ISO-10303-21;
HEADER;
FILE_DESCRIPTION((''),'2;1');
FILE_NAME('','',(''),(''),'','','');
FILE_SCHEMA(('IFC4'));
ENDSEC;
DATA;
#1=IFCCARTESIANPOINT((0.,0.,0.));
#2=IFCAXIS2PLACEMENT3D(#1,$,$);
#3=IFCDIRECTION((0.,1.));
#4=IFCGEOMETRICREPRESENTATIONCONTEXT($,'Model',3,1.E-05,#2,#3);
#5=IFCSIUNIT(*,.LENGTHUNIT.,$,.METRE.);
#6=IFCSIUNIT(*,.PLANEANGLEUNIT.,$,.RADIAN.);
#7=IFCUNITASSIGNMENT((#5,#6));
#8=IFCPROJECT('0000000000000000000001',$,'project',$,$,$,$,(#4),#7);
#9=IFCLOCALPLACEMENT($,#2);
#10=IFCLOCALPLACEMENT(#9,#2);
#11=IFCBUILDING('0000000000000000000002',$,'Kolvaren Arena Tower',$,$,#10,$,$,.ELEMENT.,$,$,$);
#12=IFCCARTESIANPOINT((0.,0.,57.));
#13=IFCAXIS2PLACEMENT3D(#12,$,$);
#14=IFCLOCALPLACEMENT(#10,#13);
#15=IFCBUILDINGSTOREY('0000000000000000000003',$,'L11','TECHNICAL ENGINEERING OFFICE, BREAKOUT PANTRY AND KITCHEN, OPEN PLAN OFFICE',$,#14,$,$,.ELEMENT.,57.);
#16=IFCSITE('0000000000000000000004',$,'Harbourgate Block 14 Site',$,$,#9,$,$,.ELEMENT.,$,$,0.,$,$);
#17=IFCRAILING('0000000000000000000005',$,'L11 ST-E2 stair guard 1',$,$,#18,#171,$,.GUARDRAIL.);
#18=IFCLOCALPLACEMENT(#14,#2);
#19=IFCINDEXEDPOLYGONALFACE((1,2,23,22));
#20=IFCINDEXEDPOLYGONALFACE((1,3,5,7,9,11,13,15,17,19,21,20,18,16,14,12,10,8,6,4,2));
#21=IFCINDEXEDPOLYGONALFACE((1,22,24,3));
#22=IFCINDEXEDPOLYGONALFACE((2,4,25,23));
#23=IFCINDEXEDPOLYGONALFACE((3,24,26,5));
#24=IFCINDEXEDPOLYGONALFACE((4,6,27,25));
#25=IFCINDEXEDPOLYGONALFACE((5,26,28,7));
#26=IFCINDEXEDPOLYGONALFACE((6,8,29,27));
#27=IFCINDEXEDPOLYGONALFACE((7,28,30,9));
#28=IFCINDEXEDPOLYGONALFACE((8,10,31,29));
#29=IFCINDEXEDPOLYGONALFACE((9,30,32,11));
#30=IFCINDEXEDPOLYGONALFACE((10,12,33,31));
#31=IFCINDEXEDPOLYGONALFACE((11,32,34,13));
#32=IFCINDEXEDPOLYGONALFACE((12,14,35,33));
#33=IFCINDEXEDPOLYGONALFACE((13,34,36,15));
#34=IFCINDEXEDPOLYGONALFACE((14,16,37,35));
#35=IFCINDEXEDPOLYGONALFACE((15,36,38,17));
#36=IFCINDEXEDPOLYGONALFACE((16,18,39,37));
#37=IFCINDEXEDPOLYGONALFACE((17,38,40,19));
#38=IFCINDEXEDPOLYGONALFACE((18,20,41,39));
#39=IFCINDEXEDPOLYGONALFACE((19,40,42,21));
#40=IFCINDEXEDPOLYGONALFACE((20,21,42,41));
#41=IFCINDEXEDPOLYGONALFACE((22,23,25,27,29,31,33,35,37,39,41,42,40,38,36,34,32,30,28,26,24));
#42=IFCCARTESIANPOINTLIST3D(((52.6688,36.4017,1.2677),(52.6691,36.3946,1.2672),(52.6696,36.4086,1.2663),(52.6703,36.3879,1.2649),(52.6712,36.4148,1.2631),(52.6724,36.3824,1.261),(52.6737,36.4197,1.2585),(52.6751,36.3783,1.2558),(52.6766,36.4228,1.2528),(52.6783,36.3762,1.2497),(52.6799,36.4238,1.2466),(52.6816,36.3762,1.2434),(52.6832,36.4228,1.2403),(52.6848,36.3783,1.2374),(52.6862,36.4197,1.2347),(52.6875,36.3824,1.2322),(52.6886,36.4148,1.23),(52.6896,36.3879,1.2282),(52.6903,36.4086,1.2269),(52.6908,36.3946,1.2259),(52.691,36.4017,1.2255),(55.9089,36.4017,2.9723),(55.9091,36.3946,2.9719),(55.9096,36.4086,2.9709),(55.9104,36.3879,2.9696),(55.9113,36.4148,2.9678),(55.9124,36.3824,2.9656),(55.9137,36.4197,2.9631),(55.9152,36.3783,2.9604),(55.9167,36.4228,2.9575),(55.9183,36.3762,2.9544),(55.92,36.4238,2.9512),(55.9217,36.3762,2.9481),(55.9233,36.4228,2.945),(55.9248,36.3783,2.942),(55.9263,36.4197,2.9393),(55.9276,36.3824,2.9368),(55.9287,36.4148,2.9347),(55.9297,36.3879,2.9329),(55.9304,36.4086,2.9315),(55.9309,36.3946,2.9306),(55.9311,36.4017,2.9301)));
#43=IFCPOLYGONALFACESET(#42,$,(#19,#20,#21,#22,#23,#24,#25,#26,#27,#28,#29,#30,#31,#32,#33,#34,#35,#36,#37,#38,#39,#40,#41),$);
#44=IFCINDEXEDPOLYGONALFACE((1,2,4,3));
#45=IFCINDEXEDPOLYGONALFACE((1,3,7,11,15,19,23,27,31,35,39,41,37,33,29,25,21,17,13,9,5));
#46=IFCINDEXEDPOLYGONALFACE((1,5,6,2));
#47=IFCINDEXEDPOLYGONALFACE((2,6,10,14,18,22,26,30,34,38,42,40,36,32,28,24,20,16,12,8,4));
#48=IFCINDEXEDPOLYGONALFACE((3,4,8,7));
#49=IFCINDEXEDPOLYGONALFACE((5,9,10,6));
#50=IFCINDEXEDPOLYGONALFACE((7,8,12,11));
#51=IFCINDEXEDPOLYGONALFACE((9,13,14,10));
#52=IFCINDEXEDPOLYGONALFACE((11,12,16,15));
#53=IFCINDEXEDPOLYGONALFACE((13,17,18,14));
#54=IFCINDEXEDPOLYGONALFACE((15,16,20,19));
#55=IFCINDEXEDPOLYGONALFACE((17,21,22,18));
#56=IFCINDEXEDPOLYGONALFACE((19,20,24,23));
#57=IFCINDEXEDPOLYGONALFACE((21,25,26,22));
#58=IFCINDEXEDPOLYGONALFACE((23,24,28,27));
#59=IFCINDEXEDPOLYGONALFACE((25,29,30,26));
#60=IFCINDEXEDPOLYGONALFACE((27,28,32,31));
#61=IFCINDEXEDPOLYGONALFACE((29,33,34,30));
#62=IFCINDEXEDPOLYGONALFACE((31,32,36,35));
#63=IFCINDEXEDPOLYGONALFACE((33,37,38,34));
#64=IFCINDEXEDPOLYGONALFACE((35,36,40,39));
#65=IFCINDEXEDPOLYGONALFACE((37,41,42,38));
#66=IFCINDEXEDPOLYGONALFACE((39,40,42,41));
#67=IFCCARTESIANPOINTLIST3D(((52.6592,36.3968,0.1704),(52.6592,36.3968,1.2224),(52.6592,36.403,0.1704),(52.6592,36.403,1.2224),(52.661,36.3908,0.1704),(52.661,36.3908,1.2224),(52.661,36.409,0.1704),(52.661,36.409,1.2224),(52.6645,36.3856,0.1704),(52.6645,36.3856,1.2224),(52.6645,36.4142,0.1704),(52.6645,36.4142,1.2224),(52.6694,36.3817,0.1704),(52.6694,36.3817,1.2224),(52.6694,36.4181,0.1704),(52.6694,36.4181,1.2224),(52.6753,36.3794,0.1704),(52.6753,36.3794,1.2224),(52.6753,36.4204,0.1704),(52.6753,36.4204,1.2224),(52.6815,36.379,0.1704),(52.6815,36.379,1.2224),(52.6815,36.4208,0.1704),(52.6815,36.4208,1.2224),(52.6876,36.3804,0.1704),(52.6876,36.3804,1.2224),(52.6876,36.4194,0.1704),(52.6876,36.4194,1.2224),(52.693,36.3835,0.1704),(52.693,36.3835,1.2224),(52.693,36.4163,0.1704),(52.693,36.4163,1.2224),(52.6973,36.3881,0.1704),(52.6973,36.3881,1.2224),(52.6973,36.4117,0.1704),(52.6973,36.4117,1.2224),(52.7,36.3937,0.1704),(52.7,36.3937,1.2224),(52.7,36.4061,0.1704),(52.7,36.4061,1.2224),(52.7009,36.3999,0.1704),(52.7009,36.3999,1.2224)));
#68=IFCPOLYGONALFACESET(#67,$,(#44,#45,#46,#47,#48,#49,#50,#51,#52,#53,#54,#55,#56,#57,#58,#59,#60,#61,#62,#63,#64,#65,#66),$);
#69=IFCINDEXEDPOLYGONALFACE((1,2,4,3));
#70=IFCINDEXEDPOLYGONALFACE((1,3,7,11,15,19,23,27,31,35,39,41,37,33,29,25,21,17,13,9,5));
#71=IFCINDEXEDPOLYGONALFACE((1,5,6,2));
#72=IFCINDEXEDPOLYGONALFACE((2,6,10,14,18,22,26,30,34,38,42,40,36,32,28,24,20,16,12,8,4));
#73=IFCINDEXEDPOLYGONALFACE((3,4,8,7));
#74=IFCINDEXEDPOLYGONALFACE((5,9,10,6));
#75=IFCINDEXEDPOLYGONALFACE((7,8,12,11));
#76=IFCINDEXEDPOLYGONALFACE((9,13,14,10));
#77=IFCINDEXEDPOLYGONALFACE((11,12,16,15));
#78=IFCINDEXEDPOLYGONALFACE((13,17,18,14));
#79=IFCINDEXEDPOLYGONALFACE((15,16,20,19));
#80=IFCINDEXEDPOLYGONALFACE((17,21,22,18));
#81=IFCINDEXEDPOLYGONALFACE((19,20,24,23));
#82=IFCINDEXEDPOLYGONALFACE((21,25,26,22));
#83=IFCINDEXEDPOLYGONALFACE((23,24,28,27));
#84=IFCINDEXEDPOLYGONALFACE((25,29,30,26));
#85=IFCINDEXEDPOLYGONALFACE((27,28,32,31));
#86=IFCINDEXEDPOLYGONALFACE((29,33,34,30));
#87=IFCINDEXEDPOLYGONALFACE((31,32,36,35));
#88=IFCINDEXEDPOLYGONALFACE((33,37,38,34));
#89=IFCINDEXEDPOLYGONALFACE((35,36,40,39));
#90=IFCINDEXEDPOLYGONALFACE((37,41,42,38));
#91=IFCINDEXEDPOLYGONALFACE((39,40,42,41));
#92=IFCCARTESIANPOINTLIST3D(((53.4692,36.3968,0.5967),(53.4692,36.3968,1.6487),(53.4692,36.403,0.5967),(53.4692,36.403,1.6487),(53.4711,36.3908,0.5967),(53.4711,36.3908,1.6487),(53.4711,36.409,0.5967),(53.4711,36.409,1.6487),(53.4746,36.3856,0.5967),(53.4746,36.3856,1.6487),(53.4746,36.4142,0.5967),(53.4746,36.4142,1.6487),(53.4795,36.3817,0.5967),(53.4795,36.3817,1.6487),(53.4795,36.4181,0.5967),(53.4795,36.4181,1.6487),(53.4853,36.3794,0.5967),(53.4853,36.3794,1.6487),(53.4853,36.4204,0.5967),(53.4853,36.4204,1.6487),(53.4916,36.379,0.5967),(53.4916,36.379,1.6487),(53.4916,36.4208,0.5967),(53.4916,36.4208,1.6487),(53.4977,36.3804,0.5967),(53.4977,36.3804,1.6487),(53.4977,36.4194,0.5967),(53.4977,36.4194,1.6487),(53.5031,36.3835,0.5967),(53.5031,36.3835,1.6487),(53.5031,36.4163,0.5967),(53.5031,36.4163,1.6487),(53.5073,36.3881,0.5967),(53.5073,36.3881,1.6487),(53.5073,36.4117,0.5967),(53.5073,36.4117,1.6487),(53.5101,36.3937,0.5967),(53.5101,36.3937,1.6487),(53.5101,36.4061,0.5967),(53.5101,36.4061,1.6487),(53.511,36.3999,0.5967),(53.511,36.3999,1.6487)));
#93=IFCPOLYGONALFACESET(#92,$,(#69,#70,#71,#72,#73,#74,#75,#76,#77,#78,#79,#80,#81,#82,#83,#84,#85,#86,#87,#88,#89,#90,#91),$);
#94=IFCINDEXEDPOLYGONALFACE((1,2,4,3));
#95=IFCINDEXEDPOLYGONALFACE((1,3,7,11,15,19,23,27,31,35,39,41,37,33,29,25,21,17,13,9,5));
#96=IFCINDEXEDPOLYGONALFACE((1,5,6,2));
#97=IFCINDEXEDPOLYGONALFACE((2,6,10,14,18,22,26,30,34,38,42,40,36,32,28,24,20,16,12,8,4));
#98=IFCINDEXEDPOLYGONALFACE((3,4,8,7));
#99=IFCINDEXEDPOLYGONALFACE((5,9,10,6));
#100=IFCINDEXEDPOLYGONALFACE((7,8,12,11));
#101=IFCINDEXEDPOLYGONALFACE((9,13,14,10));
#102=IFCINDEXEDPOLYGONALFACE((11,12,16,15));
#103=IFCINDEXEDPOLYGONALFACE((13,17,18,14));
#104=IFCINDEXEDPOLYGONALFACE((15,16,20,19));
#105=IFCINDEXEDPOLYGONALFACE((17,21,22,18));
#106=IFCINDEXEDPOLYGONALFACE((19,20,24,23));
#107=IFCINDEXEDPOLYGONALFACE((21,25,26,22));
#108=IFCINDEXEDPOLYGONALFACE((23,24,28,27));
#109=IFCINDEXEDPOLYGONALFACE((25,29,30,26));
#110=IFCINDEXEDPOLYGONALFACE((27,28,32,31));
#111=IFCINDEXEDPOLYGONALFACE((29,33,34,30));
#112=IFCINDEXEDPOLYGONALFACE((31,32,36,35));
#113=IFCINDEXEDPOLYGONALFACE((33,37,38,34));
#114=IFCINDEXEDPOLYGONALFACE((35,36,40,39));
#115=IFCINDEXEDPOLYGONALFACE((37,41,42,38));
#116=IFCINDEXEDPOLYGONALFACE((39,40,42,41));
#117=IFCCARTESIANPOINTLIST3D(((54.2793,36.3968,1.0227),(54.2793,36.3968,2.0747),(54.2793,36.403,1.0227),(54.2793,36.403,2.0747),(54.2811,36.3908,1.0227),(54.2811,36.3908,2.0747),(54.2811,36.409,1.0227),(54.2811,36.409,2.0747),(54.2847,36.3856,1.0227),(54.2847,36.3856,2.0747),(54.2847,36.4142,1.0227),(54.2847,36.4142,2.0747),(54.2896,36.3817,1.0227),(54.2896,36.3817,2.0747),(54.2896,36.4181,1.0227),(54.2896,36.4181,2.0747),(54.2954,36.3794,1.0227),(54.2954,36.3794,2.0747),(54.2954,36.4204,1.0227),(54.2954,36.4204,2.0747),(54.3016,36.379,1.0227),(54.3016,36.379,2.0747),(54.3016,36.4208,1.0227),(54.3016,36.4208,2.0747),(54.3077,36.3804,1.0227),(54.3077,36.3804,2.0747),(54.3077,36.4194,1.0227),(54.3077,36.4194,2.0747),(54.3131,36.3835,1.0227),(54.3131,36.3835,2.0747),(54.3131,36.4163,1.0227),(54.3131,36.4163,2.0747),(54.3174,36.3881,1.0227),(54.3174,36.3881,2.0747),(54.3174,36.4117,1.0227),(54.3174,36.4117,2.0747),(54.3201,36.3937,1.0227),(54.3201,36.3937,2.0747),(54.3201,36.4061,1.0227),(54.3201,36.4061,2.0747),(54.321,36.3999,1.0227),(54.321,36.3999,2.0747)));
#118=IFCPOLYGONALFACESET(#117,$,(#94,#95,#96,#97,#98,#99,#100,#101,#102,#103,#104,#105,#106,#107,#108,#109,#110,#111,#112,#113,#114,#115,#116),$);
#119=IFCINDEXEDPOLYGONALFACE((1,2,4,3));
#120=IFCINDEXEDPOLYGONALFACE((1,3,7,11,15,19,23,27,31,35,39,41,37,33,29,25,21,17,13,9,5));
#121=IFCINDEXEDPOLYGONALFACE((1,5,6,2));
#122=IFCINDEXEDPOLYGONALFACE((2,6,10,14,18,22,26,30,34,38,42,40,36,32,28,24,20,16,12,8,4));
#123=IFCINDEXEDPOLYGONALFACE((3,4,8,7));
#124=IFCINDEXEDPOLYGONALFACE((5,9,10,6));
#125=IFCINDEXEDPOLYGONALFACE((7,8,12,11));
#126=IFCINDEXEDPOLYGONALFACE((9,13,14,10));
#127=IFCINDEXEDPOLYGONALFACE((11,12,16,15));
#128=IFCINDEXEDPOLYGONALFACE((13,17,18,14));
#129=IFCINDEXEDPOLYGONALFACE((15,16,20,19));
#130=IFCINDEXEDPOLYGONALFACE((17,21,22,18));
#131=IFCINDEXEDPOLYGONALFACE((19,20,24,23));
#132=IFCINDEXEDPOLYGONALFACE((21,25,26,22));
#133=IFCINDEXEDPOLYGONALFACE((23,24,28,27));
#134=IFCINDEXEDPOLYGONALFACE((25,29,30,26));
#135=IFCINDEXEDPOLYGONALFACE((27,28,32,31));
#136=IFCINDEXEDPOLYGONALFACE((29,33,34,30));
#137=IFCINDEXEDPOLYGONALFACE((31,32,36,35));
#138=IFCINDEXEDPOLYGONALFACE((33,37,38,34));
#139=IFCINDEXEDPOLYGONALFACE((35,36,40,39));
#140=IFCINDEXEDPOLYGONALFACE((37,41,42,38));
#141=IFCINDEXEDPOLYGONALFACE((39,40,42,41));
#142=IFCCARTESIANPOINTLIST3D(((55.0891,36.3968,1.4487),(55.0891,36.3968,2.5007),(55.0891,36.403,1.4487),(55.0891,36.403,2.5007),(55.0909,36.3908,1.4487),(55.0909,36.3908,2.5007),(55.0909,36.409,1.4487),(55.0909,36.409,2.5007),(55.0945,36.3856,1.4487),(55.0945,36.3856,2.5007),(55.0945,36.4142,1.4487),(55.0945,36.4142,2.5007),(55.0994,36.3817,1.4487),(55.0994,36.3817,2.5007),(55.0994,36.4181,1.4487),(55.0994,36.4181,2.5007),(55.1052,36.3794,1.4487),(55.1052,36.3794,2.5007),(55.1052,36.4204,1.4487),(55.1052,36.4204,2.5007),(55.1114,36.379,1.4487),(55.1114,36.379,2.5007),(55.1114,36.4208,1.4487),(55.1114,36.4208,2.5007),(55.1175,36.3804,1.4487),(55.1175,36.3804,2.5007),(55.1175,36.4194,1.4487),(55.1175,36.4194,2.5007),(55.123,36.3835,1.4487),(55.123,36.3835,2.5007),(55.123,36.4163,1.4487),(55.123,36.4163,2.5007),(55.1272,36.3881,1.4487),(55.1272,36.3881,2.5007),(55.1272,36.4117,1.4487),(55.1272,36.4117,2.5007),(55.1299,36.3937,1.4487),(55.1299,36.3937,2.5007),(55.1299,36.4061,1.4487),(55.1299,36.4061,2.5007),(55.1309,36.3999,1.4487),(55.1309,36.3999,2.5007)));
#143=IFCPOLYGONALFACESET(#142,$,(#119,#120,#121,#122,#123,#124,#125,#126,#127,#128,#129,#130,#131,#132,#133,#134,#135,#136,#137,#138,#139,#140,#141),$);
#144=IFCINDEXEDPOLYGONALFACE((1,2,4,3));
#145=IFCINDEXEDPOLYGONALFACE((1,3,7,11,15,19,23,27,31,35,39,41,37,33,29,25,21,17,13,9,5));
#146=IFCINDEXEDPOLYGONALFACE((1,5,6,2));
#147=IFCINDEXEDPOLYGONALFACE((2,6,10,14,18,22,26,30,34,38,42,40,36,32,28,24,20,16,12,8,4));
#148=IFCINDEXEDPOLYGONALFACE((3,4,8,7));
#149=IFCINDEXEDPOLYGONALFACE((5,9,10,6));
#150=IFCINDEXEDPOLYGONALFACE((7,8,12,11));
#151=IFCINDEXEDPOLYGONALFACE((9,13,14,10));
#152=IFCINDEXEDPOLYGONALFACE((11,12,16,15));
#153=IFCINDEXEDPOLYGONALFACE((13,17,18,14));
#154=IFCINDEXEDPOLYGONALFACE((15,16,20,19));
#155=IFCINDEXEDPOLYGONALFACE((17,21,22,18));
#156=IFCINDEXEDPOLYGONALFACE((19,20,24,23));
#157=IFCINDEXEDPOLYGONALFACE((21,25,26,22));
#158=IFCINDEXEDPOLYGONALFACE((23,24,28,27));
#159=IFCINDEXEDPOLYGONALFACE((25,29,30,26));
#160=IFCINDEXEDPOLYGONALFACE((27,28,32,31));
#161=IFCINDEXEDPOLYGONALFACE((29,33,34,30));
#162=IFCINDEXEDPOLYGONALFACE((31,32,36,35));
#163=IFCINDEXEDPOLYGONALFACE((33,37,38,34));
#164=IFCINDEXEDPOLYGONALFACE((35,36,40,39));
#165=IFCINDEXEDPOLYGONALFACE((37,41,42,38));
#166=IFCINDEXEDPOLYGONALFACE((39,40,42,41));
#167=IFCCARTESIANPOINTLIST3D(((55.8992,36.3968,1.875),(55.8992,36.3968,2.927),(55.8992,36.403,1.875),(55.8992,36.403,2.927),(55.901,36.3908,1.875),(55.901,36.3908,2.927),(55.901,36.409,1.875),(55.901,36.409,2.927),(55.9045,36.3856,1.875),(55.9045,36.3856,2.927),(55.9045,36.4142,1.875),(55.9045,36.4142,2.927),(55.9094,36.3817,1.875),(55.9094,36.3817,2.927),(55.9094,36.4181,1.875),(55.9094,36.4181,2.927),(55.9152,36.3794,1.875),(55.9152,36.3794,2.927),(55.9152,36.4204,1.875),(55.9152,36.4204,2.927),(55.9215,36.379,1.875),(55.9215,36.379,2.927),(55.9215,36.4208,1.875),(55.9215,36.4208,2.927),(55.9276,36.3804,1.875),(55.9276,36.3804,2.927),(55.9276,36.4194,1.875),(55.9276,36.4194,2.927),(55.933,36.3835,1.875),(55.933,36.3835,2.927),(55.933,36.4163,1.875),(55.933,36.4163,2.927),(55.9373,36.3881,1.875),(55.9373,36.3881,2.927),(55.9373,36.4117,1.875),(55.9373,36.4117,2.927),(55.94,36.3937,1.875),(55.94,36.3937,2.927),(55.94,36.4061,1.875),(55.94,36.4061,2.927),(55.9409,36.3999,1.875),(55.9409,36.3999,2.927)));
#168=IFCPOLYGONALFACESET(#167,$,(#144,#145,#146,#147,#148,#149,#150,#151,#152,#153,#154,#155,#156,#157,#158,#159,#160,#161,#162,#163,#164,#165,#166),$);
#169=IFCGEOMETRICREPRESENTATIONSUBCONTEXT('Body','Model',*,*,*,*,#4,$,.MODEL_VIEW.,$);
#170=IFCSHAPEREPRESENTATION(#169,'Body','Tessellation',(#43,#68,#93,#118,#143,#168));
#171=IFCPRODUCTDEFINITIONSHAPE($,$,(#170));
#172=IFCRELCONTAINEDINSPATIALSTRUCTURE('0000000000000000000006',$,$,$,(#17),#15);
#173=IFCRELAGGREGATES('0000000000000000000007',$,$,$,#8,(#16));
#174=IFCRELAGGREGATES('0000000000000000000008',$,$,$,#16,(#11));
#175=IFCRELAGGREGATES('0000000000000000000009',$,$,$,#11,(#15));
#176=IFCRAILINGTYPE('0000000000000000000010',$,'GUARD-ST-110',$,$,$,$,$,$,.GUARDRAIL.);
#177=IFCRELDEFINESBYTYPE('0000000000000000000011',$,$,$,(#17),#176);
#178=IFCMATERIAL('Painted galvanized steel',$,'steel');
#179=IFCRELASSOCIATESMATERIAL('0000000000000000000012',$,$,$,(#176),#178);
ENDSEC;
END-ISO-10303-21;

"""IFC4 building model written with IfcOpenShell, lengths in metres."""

from ifc_helpers import new_model, si_unit, direction, frame, origin, origin_2d, place, context, subcontext, project, spatial, circle, extrude, material, type_object, element, save


model = new_model("IFC4")

# Units and contexts
model_context = context("Model", 3, precision=1e-05, world=origin(), true_north=direction((0.0, 1.0)))
body_context = subcontext(model_context, "Body", "Model", "MODEL_VIEW")
ifc_project = project(units=[si_unit("LENGTHUNIT", "METRE"), si_unit("PLANEANGLEUNIT", "RADIAN")], contexts=[model_context])

# Site, building, storey
site_placement = place(None, origin())
site = spatial("IfcSite", under=ifc_project, at=site_placement, Name="Harbourgate Block 14 Site", CompositionType="ELEMENT", RefElevation=0.0)
building_placement = place(site_placement, origin())
building = spatial("IfcBuilding", under=site, at=building_placement, Name="Kolvaren Arena Tower", CompositionType="ELEMENT")
storey_placement = place(building_placement, frame((0.0, 0.0, 57.0)))
storey = spatial("IfcBuildingStorey", under=building, at=storey_placement, Name="L11", Description="TECHNICAL ENGINEERING OFFICE, BREAKOUT PANTRY AND KITCHEN, OPEN PLAN OFFICE", CompositionType="ELEMENT", Elevation=57.0)

# Railing
ifc_material_1 = material(Name="Painted galvanized steel", Category="steel")
railing_type = type_object("IfcRailingType", Name="GUARD-ST-110", PredefinedType="GUARDRAIL", material=ifc_material_1)
railing_1_placement = place(storey_placement, frame((52.6799, 36.3999, 0.1704)))
element("IfcRailing", 1, at=railing_1_placement, inside=storey, type_object=railing_type, Name="L11 ST-E2 stair guard 1", PredefinedType="GUARDRAIL", context=body_context, shape_type="SweptSolid", body=[
    extrude(circle(Radius=0.0239, at=origin_2d()), frame((0.0, 0.0, 1.0762), z_axis=(0.884993, 0.0, 0.465604), x_axis=(0.0, 1.0, 0.0)), (0.0, 0.0, 1.0), 3.6611),
    extrude(circle(Radius=0.021, at=origin_2d()), origin(), (0.0, 0.0, 1.0), 1.052),
    extrude(circle(Radius=0.021, at=origin_2d()), frame((0.8101, 0.0, 0.4263)), (0.0, 0.0, 1.0), 1.052),
    extrude(circle(Radius=0.021, at=origin_2d()), frame((1.6201, 0.0, 0.8523)), (0.0, 0.0, 1.0), 1.052),
    extrude(circle(Radius=0.021, at=origin_2d()), frame((2.4299, 0.0, 1.2783)), (0.0, 0.0, 1.0), 1.052),
    extrude(circle(Radius=0.021, at=origin_2d()), frame((3.24, 0.0, 1.7046)), (0.0, 0.0, 1.0), 1.052),
])

save(model, "model.ifc")
